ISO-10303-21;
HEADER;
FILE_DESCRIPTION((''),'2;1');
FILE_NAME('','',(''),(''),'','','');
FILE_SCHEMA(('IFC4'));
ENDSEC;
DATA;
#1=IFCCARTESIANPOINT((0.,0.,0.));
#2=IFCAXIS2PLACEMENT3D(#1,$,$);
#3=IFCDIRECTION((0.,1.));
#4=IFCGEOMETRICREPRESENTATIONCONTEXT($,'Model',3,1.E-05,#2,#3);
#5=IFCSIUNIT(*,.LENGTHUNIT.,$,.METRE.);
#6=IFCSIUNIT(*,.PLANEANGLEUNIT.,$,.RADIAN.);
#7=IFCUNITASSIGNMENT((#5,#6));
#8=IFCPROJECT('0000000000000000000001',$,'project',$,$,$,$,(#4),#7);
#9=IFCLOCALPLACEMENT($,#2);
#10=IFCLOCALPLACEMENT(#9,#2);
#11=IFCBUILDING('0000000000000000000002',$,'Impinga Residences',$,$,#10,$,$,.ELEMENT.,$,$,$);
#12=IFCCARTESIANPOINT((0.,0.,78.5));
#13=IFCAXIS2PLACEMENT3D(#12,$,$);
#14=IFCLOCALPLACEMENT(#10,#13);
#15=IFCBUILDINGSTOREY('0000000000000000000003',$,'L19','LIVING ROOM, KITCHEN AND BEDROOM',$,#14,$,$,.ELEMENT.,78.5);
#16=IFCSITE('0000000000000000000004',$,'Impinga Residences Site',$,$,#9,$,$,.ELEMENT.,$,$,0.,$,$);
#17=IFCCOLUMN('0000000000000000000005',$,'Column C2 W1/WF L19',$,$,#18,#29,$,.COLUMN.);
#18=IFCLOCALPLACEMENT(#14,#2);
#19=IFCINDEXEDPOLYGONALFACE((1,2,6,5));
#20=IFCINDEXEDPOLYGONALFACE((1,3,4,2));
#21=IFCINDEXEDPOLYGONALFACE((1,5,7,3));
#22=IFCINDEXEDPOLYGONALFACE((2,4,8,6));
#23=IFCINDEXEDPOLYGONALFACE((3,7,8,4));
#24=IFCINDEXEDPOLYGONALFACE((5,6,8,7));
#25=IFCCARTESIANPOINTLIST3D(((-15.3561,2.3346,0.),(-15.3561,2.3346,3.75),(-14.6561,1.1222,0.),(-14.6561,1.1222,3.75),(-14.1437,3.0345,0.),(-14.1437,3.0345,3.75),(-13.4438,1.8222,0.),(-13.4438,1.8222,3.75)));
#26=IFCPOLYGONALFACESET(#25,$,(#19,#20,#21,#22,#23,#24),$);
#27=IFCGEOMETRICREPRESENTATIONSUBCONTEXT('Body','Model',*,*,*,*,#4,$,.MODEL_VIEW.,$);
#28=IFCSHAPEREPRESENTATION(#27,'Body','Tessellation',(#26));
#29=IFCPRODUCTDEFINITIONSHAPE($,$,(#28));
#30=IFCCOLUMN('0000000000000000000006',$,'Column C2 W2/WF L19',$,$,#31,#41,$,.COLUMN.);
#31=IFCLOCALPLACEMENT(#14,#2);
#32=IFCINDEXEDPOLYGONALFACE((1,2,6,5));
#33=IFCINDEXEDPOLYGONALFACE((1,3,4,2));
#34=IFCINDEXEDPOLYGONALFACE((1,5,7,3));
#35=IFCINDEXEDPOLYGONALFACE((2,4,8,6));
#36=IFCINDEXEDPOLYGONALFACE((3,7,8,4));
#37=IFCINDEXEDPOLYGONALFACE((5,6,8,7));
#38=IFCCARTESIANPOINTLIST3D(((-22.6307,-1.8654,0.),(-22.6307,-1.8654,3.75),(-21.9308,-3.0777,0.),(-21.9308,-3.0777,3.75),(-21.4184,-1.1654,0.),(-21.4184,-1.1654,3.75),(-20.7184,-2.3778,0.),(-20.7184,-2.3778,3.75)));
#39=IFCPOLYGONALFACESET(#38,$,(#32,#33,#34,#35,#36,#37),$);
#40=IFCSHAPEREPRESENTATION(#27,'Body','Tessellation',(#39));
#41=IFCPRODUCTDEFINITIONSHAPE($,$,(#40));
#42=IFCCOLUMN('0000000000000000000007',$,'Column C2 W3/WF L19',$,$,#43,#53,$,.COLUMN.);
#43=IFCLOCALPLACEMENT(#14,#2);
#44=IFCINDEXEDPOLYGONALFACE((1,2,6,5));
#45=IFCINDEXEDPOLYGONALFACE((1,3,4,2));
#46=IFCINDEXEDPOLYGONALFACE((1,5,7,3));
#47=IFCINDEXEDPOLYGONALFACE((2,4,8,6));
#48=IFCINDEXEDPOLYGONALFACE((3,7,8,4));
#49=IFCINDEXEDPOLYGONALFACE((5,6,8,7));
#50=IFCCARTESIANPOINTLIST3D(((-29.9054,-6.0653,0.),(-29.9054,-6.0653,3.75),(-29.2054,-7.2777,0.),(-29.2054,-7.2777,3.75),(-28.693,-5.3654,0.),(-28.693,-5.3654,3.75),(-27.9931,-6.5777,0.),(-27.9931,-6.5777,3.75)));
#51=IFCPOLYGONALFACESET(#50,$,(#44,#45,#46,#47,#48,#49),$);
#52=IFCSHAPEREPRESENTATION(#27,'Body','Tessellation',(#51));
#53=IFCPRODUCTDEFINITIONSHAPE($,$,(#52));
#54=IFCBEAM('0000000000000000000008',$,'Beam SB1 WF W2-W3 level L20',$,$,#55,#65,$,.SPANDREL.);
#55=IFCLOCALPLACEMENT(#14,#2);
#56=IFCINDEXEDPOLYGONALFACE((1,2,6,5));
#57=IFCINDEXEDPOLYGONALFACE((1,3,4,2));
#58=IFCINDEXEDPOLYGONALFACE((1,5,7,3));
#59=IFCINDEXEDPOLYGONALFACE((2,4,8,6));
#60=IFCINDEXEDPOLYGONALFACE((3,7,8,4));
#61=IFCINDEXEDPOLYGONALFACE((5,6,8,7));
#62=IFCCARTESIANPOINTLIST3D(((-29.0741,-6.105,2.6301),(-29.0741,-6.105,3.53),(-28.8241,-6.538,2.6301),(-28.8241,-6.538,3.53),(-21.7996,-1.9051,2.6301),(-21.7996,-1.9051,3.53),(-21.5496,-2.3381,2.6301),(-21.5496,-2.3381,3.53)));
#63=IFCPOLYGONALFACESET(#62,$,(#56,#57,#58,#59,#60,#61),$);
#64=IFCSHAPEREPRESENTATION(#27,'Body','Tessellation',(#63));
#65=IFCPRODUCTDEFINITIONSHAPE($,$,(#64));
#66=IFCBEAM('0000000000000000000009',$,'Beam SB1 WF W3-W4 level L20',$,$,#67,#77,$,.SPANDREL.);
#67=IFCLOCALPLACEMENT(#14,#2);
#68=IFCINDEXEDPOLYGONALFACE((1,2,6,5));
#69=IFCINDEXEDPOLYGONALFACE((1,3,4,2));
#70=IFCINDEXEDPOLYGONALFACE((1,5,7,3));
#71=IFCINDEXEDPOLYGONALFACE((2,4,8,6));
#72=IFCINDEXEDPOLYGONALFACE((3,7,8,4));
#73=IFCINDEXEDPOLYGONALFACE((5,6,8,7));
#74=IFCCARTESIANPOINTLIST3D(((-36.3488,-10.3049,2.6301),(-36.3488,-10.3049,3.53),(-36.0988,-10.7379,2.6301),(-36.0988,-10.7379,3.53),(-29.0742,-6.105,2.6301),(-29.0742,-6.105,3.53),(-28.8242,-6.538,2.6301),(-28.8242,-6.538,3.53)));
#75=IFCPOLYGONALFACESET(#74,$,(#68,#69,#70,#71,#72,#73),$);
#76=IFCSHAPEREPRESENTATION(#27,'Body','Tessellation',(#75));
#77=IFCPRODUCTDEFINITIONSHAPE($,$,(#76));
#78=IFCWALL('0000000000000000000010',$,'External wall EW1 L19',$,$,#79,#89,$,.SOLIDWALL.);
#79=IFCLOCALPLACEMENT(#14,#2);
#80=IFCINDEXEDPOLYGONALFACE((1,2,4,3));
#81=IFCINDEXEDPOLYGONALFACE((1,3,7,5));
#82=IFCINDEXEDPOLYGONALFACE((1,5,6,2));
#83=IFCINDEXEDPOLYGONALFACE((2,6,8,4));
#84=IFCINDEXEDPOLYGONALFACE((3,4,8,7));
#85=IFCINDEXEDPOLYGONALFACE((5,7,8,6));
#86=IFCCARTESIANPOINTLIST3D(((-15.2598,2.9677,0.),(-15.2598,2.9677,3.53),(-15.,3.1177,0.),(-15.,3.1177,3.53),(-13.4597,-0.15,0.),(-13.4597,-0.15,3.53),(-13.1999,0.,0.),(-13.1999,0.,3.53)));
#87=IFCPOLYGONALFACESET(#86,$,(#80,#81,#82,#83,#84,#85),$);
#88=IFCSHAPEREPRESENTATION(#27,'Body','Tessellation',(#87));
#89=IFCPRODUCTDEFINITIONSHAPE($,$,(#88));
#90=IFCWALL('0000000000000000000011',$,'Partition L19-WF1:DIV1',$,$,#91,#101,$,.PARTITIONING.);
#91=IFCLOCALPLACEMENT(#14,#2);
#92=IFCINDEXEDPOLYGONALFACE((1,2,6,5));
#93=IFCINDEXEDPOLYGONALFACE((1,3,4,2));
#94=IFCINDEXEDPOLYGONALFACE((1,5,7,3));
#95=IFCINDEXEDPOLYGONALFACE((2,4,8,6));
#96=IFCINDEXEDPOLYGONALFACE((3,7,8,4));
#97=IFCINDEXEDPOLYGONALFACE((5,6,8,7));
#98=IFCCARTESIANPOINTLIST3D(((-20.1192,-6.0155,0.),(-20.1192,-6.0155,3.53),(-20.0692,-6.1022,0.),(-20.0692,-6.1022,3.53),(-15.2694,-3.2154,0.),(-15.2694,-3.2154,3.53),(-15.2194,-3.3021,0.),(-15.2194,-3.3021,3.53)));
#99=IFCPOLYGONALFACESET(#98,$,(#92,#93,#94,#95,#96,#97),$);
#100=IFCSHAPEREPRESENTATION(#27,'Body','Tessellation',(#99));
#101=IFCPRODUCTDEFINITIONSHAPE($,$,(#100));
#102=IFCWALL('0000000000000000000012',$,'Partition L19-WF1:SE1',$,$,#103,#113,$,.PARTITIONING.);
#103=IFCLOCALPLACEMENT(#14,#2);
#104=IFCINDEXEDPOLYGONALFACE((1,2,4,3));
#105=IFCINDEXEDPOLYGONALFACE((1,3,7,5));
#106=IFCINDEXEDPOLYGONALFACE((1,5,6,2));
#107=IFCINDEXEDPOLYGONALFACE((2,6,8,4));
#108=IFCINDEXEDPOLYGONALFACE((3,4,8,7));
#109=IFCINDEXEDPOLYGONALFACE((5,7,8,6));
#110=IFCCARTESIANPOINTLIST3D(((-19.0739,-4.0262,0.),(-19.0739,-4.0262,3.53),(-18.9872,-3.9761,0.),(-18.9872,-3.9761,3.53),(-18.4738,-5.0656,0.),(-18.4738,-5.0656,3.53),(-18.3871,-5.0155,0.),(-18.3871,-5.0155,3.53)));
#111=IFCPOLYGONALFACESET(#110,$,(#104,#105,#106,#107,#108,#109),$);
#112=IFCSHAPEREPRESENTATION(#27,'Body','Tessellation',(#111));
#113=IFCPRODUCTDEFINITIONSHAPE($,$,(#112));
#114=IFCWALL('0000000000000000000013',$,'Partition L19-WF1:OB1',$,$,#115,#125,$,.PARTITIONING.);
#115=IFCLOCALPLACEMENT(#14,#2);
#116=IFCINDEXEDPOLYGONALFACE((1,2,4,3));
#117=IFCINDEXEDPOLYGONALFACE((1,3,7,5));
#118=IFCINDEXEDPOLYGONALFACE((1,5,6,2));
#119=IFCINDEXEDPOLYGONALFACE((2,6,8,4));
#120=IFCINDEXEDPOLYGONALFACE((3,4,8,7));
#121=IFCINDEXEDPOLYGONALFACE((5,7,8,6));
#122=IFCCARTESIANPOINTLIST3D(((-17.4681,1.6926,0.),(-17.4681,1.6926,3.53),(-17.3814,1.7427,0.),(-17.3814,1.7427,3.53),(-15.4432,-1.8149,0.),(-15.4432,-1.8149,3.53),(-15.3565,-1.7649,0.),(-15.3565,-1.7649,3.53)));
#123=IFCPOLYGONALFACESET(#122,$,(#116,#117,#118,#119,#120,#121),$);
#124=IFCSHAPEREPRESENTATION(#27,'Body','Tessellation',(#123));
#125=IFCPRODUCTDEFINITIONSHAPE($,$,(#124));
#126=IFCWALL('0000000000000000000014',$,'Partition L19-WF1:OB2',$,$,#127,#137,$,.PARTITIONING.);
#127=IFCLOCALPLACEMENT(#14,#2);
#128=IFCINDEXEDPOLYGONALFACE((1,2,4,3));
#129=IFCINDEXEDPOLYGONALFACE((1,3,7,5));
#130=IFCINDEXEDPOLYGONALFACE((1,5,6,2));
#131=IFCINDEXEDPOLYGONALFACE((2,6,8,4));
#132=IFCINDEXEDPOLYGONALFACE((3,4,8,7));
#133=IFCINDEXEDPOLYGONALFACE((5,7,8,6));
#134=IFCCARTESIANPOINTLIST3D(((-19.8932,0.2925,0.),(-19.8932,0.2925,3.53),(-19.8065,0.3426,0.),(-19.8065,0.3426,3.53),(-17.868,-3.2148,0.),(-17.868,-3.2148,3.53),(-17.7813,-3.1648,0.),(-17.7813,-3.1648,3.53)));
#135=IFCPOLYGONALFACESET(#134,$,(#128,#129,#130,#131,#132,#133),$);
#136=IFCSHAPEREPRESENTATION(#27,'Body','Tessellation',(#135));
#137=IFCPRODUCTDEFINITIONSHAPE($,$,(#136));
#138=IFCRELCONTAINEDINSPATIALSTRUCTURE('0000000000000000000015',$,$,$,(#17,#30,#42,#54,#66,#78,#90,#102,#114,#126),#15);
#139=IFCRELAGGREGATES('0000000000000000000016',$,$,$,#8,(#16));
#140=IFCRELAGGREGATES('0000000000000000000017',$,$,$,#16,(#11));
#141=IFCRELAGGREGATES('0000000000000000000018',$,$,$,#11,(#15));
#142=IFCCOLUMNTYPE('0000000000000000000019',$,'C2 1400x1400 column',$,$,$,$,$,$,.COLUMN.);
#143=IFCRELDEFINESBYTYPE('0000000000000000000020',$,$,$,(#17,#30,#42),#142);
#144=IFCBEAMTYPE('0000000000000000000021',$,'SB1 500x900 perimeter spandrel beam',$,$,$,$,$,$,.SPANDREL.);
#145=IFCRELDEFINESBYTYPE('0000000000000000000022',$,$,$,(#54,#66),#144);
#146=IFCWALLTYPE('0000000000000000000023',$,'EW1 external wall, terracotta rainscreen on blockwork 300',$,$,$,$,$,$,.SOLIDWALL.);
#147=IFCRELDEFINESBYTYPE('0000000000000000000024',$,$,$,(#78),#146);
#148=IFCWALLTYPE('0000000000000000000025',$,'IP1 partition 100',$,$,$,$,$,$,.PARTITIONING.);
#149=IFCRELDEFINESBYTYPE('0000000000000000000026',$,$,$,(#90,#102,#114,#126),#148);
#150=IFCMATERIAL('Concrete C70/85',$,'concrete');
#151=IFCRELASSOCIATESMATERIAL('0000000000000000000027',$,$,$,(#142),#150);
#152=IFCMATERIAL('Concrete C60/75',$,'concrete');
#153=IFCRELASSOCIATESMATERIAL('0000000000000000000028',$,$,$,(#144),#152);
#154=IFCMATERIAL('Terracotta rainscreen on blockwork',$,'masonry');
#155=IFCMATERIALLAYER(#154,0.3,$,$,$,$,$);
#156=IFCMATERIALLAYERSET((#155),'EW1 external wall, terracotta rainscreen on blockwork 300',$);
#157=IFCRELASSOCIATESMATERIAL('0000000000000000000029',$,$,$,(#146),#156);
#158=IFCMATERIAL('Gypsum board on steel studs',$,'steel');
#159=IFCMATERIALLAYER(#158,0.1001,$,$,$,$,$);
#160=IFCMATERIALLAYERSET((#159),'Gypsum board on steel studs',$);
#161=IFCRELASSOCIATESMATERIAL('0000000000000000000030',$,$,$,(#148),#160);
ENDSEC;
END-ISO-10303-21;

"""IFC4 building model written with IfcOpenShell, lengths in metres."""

from ifc_helpers import new_model, si_unit, direction, frame, frame_2d, origin, origin_2d, place, context, subcontext, project, spatial, rectangle, extrude, material, layer, layer_set, material_profile, profile_set, type_object, element, save


model = new_model("IFC4")

# Units and contexts
model_context = context("Model", 3, precision=1e-05, world=origin(), true_north=direction((0.0, 1.0)))
body_context = subcontext(model_context, "Body", "Model", "MODEL_VIEW")
ifc_project = project(units=[si_unit("LENGTHUNIT", "METRE"), si_unit("PLANEANGLEUNIT", "RADIAN")], contexts=[model_context])

# Site, building, storey
site_placement = place(None, origin())
site = spatial("IfcSite", under=ifc_project, at=site_placement, Name="Impinga Residences Site", CompositionType="ELEMENT", RefElevation=0.0)
building_placement = place(site_placement, origin())
building = spatial("IfcBuilding", under=site, at=building_placement, Name="Impinga Residences", CompositionType="ELEMENT")
storey_placement = place(building_placement, frame((0.0, 0.0, 78.5)))
storey = spatial("IfcBuildingStorey", under=building, at=storey_placement, Name="L19", Description="LIVING ROOM, KITCHEN AND BEDROOM", CompositionType="ELEMENT", Elevation=78.5)

# Columns
ifc_material_1 = material(Name="Concrete C70/85", Category="concrete")
ifc_material_profile_1 = material_profile(ifc_material_1, rectangle(XDim=1.3999, YDim=1.3999, at=origin_2d()), Name="RC 1400x1400")
ifc_profile_set_1 = profile_set([ifc_material_profile_1], Name="Concrete C70/85")
column_type = type_object("IfcColumnType", Name="C2 1400x1400 column", PredefinedType="COLUMN", material=ifc_profile_set_1)
for number, where, z_axis, x_axis, name in (
    (1, (-14.3999, 2.0784, 0.0), (0.0, 0.0, 1.0), (-0.5, 0.866025, 0.0), "Column C2 W1/WF L19"),
    (2, (-21.6746, -2.1216, 0.0), (0.0, 0.0, 1.0), (-0.5, 0.866025, 0.0), "Column C2 W2/WF L19"),
    (3, (-28.9492, -6.3215, 0.0), (0.0, 0.0, 1.0), (-0.5, 0.866025, 0.0), "Column C2 W3/WF L19"),
):
    element("IfcColumn", number, at=place(storey_placement, frame(where, z_axis=z_axis, x_axis=x_axis)), inside=storey, type_object=column_type, Name=name, PredefinedType="COLUMN", context=body_context, shape_type="SweptSolid", body=[
        extrude(rectangle(XDim=1.3999, YDim=1.3999, at=origin_2d()), origin(), (0.0, 0.0, 1.0), 3.75),
    ])

# Beams
ifc_material_2 = material(Name="Concrete C60/75", Category="concrete")
ifc_material_profile_2 = material_profile(ifc_material_2, rectangle(XDim=0.5, YDim=0.8999, at=origin_2d()), Name="RC 500x900")
ifc_profile_set_2 = profile_set([ifc_material_profile_2], Name="Concrete C60/75")
beam_type = type_object("IfcBeamType", Name="SB1 500x900 perimeter spandrel beam", PredefinedType="SPANDREL", material=ifc_profile_set_2)
for number, where, z_axis, x_axis, name in (
    (4, (-21.6746, -2.1216, 3.0801), (-0.866029, -0.499993, 0.0), (0.499993, -0.866029, 0.0), "Beam SB1 WF W2-W3 level L20"),
    (5, (-28.9492, -6.3215, 3.0801), (-0.866029, -0.499993, 0.0), (0.499993, -0.866029, 0.0), "Beam SB1 WF W3-W4 level L20"),
):
    element("IfcBeam", number, at=place(storey_placement, frame(where, z_axis=z_axis, x_axis=x_axis)), inside=storey, type_object=beam_type, Name=name, PredefinedType="SPANDREL", context=body_context, shape_type="SweptSolid", body=[
        extrude(rectangle(XDim=0.5, YDim=0.8999, at=origin_2d()), origin(), (0.0, 0.0, 1.0), 8.3999),
    ])

# Walls
ifc_material_3 = material(Name="Terracotta rainscreen on blockwork", Category="masonry")
ifc_layer_1 = layer(ifc_material_3, 0.3)
ifc_layer_set_1 = layer_set([ifc_layer_1], Name="EW1 external wall, terracotta rainscreen on blockwork 300")
wall_type_1 = type_object("IfcWallType", Name="EW1 external wall, terracotta rainscreen on blockwork 300", PredefinedType="SOLIDWALL", material=ifc_layer_set_1)
wall_1_placement = place(storey_placement, frame((-15.1299, 3.0427, 0.0), z_axis=(0.0, 0.0, 1.0), x_axis=(0.500012, -0.866018, 0.0)))
element("IfcWall", 6, at=wall_1_placement, inside=storey, type_object=wall_type_1, Name="External wall EW1 L19", PredefinedType="SOLIDWALL", context=body_context, shape_type="SweptSolid", body=[
    extrude(rectangle(XDim=3.6001, YDim=0.3, at=frame_2d((1.8, 0.0))), origin(), (0.0, 0.0, 1.0), 3.53),
])
ifc_material_4 = material(Name="Gypsum board on steel studs", Category="steel")
ifc_layer_2 = layer(ifc_material_4, 0.1001)
ifc_layer_set_2 = layer_set([ifc_layer_2], Name="Gypsum board on steel studs")
wall_type_2 = type_object("IfcWallType", Name="IP1 partition 100", PredefinedType="PARTITIONING", material=ifc_layer_set_2)
wall_2_placement = place(storey_placement, frame((-15.2444, -3.2588, 0.0), z_axis=(0.0, 0.0, 1.0), x_axis=(-0.866027, -0.499998, 0.0)))
element("IfcWall", 7, at=wall_2_placement, inside=storey, type_object=wall_type_2, Name="Partition L19-WF1:DIV1", PredefinedType="PARTITIONING", context=body_context, shape_type="SweptSolid", body=[
    extrude(rectangle(XDim=5.6001, YDim=0.1001, at=frame_2d((2.8, 0.0))), origin(), (0.0, 0.0, 1.0), 3.53),
])
wall_3_placement = place(storey_placement, frame((-18.4304, -5.0405, 0.0), z_axis=(0.0, 0.0, 1.0), x_axis=(-0.500034, 0.866006, 0.0)))
element("IfcWall", 8, at=wall_3_placement, inside=storey, type_object=wall_type_2, Name="Partition L19-WF1:SE1", PredefinedType="PARTITIONING", context=body_context, shape_type="SweptSolid", body=[
    extrude(rectangle(XDim=1.2002, YDim=0.1001, at=frame_2d((0.6001, 0.0))), origin(), (0.0, 0.0, 1.0), 3.53),
])
for number, where, z_axis, x_axis, name in (
    (9, (-15.3999, -1.7898, 0.0), (0.0, 0.0, 1.0), (-0.499964, 0.866046, 0.0), "Partition L19-WF1:OB1"),
    (10, (-17.8247, -3.1897, 0.0), (0.0, 0.0, 1.0), (-0.500036, 0.866005, 0.0), "Partition L19-WF1:OB2"),
):
    element("IfcWall", number, at=place(storey_placement, frame(where, z_axis=z_axis, x_axis=x_axis)), inside=storey, type_object=wall_type_2, Name=name, PredefinedType="PARTITIONING", context=body_context, shape_type="SweptSolid", body=[
        extrude(rectangle(XDim=4.05, YDim=0.1001, at=frame_2d((2.0249, 0.0))), origin(), (0.0, 0.0, 1.0), 3.53),
    ])

save(model, "model.ifc")
